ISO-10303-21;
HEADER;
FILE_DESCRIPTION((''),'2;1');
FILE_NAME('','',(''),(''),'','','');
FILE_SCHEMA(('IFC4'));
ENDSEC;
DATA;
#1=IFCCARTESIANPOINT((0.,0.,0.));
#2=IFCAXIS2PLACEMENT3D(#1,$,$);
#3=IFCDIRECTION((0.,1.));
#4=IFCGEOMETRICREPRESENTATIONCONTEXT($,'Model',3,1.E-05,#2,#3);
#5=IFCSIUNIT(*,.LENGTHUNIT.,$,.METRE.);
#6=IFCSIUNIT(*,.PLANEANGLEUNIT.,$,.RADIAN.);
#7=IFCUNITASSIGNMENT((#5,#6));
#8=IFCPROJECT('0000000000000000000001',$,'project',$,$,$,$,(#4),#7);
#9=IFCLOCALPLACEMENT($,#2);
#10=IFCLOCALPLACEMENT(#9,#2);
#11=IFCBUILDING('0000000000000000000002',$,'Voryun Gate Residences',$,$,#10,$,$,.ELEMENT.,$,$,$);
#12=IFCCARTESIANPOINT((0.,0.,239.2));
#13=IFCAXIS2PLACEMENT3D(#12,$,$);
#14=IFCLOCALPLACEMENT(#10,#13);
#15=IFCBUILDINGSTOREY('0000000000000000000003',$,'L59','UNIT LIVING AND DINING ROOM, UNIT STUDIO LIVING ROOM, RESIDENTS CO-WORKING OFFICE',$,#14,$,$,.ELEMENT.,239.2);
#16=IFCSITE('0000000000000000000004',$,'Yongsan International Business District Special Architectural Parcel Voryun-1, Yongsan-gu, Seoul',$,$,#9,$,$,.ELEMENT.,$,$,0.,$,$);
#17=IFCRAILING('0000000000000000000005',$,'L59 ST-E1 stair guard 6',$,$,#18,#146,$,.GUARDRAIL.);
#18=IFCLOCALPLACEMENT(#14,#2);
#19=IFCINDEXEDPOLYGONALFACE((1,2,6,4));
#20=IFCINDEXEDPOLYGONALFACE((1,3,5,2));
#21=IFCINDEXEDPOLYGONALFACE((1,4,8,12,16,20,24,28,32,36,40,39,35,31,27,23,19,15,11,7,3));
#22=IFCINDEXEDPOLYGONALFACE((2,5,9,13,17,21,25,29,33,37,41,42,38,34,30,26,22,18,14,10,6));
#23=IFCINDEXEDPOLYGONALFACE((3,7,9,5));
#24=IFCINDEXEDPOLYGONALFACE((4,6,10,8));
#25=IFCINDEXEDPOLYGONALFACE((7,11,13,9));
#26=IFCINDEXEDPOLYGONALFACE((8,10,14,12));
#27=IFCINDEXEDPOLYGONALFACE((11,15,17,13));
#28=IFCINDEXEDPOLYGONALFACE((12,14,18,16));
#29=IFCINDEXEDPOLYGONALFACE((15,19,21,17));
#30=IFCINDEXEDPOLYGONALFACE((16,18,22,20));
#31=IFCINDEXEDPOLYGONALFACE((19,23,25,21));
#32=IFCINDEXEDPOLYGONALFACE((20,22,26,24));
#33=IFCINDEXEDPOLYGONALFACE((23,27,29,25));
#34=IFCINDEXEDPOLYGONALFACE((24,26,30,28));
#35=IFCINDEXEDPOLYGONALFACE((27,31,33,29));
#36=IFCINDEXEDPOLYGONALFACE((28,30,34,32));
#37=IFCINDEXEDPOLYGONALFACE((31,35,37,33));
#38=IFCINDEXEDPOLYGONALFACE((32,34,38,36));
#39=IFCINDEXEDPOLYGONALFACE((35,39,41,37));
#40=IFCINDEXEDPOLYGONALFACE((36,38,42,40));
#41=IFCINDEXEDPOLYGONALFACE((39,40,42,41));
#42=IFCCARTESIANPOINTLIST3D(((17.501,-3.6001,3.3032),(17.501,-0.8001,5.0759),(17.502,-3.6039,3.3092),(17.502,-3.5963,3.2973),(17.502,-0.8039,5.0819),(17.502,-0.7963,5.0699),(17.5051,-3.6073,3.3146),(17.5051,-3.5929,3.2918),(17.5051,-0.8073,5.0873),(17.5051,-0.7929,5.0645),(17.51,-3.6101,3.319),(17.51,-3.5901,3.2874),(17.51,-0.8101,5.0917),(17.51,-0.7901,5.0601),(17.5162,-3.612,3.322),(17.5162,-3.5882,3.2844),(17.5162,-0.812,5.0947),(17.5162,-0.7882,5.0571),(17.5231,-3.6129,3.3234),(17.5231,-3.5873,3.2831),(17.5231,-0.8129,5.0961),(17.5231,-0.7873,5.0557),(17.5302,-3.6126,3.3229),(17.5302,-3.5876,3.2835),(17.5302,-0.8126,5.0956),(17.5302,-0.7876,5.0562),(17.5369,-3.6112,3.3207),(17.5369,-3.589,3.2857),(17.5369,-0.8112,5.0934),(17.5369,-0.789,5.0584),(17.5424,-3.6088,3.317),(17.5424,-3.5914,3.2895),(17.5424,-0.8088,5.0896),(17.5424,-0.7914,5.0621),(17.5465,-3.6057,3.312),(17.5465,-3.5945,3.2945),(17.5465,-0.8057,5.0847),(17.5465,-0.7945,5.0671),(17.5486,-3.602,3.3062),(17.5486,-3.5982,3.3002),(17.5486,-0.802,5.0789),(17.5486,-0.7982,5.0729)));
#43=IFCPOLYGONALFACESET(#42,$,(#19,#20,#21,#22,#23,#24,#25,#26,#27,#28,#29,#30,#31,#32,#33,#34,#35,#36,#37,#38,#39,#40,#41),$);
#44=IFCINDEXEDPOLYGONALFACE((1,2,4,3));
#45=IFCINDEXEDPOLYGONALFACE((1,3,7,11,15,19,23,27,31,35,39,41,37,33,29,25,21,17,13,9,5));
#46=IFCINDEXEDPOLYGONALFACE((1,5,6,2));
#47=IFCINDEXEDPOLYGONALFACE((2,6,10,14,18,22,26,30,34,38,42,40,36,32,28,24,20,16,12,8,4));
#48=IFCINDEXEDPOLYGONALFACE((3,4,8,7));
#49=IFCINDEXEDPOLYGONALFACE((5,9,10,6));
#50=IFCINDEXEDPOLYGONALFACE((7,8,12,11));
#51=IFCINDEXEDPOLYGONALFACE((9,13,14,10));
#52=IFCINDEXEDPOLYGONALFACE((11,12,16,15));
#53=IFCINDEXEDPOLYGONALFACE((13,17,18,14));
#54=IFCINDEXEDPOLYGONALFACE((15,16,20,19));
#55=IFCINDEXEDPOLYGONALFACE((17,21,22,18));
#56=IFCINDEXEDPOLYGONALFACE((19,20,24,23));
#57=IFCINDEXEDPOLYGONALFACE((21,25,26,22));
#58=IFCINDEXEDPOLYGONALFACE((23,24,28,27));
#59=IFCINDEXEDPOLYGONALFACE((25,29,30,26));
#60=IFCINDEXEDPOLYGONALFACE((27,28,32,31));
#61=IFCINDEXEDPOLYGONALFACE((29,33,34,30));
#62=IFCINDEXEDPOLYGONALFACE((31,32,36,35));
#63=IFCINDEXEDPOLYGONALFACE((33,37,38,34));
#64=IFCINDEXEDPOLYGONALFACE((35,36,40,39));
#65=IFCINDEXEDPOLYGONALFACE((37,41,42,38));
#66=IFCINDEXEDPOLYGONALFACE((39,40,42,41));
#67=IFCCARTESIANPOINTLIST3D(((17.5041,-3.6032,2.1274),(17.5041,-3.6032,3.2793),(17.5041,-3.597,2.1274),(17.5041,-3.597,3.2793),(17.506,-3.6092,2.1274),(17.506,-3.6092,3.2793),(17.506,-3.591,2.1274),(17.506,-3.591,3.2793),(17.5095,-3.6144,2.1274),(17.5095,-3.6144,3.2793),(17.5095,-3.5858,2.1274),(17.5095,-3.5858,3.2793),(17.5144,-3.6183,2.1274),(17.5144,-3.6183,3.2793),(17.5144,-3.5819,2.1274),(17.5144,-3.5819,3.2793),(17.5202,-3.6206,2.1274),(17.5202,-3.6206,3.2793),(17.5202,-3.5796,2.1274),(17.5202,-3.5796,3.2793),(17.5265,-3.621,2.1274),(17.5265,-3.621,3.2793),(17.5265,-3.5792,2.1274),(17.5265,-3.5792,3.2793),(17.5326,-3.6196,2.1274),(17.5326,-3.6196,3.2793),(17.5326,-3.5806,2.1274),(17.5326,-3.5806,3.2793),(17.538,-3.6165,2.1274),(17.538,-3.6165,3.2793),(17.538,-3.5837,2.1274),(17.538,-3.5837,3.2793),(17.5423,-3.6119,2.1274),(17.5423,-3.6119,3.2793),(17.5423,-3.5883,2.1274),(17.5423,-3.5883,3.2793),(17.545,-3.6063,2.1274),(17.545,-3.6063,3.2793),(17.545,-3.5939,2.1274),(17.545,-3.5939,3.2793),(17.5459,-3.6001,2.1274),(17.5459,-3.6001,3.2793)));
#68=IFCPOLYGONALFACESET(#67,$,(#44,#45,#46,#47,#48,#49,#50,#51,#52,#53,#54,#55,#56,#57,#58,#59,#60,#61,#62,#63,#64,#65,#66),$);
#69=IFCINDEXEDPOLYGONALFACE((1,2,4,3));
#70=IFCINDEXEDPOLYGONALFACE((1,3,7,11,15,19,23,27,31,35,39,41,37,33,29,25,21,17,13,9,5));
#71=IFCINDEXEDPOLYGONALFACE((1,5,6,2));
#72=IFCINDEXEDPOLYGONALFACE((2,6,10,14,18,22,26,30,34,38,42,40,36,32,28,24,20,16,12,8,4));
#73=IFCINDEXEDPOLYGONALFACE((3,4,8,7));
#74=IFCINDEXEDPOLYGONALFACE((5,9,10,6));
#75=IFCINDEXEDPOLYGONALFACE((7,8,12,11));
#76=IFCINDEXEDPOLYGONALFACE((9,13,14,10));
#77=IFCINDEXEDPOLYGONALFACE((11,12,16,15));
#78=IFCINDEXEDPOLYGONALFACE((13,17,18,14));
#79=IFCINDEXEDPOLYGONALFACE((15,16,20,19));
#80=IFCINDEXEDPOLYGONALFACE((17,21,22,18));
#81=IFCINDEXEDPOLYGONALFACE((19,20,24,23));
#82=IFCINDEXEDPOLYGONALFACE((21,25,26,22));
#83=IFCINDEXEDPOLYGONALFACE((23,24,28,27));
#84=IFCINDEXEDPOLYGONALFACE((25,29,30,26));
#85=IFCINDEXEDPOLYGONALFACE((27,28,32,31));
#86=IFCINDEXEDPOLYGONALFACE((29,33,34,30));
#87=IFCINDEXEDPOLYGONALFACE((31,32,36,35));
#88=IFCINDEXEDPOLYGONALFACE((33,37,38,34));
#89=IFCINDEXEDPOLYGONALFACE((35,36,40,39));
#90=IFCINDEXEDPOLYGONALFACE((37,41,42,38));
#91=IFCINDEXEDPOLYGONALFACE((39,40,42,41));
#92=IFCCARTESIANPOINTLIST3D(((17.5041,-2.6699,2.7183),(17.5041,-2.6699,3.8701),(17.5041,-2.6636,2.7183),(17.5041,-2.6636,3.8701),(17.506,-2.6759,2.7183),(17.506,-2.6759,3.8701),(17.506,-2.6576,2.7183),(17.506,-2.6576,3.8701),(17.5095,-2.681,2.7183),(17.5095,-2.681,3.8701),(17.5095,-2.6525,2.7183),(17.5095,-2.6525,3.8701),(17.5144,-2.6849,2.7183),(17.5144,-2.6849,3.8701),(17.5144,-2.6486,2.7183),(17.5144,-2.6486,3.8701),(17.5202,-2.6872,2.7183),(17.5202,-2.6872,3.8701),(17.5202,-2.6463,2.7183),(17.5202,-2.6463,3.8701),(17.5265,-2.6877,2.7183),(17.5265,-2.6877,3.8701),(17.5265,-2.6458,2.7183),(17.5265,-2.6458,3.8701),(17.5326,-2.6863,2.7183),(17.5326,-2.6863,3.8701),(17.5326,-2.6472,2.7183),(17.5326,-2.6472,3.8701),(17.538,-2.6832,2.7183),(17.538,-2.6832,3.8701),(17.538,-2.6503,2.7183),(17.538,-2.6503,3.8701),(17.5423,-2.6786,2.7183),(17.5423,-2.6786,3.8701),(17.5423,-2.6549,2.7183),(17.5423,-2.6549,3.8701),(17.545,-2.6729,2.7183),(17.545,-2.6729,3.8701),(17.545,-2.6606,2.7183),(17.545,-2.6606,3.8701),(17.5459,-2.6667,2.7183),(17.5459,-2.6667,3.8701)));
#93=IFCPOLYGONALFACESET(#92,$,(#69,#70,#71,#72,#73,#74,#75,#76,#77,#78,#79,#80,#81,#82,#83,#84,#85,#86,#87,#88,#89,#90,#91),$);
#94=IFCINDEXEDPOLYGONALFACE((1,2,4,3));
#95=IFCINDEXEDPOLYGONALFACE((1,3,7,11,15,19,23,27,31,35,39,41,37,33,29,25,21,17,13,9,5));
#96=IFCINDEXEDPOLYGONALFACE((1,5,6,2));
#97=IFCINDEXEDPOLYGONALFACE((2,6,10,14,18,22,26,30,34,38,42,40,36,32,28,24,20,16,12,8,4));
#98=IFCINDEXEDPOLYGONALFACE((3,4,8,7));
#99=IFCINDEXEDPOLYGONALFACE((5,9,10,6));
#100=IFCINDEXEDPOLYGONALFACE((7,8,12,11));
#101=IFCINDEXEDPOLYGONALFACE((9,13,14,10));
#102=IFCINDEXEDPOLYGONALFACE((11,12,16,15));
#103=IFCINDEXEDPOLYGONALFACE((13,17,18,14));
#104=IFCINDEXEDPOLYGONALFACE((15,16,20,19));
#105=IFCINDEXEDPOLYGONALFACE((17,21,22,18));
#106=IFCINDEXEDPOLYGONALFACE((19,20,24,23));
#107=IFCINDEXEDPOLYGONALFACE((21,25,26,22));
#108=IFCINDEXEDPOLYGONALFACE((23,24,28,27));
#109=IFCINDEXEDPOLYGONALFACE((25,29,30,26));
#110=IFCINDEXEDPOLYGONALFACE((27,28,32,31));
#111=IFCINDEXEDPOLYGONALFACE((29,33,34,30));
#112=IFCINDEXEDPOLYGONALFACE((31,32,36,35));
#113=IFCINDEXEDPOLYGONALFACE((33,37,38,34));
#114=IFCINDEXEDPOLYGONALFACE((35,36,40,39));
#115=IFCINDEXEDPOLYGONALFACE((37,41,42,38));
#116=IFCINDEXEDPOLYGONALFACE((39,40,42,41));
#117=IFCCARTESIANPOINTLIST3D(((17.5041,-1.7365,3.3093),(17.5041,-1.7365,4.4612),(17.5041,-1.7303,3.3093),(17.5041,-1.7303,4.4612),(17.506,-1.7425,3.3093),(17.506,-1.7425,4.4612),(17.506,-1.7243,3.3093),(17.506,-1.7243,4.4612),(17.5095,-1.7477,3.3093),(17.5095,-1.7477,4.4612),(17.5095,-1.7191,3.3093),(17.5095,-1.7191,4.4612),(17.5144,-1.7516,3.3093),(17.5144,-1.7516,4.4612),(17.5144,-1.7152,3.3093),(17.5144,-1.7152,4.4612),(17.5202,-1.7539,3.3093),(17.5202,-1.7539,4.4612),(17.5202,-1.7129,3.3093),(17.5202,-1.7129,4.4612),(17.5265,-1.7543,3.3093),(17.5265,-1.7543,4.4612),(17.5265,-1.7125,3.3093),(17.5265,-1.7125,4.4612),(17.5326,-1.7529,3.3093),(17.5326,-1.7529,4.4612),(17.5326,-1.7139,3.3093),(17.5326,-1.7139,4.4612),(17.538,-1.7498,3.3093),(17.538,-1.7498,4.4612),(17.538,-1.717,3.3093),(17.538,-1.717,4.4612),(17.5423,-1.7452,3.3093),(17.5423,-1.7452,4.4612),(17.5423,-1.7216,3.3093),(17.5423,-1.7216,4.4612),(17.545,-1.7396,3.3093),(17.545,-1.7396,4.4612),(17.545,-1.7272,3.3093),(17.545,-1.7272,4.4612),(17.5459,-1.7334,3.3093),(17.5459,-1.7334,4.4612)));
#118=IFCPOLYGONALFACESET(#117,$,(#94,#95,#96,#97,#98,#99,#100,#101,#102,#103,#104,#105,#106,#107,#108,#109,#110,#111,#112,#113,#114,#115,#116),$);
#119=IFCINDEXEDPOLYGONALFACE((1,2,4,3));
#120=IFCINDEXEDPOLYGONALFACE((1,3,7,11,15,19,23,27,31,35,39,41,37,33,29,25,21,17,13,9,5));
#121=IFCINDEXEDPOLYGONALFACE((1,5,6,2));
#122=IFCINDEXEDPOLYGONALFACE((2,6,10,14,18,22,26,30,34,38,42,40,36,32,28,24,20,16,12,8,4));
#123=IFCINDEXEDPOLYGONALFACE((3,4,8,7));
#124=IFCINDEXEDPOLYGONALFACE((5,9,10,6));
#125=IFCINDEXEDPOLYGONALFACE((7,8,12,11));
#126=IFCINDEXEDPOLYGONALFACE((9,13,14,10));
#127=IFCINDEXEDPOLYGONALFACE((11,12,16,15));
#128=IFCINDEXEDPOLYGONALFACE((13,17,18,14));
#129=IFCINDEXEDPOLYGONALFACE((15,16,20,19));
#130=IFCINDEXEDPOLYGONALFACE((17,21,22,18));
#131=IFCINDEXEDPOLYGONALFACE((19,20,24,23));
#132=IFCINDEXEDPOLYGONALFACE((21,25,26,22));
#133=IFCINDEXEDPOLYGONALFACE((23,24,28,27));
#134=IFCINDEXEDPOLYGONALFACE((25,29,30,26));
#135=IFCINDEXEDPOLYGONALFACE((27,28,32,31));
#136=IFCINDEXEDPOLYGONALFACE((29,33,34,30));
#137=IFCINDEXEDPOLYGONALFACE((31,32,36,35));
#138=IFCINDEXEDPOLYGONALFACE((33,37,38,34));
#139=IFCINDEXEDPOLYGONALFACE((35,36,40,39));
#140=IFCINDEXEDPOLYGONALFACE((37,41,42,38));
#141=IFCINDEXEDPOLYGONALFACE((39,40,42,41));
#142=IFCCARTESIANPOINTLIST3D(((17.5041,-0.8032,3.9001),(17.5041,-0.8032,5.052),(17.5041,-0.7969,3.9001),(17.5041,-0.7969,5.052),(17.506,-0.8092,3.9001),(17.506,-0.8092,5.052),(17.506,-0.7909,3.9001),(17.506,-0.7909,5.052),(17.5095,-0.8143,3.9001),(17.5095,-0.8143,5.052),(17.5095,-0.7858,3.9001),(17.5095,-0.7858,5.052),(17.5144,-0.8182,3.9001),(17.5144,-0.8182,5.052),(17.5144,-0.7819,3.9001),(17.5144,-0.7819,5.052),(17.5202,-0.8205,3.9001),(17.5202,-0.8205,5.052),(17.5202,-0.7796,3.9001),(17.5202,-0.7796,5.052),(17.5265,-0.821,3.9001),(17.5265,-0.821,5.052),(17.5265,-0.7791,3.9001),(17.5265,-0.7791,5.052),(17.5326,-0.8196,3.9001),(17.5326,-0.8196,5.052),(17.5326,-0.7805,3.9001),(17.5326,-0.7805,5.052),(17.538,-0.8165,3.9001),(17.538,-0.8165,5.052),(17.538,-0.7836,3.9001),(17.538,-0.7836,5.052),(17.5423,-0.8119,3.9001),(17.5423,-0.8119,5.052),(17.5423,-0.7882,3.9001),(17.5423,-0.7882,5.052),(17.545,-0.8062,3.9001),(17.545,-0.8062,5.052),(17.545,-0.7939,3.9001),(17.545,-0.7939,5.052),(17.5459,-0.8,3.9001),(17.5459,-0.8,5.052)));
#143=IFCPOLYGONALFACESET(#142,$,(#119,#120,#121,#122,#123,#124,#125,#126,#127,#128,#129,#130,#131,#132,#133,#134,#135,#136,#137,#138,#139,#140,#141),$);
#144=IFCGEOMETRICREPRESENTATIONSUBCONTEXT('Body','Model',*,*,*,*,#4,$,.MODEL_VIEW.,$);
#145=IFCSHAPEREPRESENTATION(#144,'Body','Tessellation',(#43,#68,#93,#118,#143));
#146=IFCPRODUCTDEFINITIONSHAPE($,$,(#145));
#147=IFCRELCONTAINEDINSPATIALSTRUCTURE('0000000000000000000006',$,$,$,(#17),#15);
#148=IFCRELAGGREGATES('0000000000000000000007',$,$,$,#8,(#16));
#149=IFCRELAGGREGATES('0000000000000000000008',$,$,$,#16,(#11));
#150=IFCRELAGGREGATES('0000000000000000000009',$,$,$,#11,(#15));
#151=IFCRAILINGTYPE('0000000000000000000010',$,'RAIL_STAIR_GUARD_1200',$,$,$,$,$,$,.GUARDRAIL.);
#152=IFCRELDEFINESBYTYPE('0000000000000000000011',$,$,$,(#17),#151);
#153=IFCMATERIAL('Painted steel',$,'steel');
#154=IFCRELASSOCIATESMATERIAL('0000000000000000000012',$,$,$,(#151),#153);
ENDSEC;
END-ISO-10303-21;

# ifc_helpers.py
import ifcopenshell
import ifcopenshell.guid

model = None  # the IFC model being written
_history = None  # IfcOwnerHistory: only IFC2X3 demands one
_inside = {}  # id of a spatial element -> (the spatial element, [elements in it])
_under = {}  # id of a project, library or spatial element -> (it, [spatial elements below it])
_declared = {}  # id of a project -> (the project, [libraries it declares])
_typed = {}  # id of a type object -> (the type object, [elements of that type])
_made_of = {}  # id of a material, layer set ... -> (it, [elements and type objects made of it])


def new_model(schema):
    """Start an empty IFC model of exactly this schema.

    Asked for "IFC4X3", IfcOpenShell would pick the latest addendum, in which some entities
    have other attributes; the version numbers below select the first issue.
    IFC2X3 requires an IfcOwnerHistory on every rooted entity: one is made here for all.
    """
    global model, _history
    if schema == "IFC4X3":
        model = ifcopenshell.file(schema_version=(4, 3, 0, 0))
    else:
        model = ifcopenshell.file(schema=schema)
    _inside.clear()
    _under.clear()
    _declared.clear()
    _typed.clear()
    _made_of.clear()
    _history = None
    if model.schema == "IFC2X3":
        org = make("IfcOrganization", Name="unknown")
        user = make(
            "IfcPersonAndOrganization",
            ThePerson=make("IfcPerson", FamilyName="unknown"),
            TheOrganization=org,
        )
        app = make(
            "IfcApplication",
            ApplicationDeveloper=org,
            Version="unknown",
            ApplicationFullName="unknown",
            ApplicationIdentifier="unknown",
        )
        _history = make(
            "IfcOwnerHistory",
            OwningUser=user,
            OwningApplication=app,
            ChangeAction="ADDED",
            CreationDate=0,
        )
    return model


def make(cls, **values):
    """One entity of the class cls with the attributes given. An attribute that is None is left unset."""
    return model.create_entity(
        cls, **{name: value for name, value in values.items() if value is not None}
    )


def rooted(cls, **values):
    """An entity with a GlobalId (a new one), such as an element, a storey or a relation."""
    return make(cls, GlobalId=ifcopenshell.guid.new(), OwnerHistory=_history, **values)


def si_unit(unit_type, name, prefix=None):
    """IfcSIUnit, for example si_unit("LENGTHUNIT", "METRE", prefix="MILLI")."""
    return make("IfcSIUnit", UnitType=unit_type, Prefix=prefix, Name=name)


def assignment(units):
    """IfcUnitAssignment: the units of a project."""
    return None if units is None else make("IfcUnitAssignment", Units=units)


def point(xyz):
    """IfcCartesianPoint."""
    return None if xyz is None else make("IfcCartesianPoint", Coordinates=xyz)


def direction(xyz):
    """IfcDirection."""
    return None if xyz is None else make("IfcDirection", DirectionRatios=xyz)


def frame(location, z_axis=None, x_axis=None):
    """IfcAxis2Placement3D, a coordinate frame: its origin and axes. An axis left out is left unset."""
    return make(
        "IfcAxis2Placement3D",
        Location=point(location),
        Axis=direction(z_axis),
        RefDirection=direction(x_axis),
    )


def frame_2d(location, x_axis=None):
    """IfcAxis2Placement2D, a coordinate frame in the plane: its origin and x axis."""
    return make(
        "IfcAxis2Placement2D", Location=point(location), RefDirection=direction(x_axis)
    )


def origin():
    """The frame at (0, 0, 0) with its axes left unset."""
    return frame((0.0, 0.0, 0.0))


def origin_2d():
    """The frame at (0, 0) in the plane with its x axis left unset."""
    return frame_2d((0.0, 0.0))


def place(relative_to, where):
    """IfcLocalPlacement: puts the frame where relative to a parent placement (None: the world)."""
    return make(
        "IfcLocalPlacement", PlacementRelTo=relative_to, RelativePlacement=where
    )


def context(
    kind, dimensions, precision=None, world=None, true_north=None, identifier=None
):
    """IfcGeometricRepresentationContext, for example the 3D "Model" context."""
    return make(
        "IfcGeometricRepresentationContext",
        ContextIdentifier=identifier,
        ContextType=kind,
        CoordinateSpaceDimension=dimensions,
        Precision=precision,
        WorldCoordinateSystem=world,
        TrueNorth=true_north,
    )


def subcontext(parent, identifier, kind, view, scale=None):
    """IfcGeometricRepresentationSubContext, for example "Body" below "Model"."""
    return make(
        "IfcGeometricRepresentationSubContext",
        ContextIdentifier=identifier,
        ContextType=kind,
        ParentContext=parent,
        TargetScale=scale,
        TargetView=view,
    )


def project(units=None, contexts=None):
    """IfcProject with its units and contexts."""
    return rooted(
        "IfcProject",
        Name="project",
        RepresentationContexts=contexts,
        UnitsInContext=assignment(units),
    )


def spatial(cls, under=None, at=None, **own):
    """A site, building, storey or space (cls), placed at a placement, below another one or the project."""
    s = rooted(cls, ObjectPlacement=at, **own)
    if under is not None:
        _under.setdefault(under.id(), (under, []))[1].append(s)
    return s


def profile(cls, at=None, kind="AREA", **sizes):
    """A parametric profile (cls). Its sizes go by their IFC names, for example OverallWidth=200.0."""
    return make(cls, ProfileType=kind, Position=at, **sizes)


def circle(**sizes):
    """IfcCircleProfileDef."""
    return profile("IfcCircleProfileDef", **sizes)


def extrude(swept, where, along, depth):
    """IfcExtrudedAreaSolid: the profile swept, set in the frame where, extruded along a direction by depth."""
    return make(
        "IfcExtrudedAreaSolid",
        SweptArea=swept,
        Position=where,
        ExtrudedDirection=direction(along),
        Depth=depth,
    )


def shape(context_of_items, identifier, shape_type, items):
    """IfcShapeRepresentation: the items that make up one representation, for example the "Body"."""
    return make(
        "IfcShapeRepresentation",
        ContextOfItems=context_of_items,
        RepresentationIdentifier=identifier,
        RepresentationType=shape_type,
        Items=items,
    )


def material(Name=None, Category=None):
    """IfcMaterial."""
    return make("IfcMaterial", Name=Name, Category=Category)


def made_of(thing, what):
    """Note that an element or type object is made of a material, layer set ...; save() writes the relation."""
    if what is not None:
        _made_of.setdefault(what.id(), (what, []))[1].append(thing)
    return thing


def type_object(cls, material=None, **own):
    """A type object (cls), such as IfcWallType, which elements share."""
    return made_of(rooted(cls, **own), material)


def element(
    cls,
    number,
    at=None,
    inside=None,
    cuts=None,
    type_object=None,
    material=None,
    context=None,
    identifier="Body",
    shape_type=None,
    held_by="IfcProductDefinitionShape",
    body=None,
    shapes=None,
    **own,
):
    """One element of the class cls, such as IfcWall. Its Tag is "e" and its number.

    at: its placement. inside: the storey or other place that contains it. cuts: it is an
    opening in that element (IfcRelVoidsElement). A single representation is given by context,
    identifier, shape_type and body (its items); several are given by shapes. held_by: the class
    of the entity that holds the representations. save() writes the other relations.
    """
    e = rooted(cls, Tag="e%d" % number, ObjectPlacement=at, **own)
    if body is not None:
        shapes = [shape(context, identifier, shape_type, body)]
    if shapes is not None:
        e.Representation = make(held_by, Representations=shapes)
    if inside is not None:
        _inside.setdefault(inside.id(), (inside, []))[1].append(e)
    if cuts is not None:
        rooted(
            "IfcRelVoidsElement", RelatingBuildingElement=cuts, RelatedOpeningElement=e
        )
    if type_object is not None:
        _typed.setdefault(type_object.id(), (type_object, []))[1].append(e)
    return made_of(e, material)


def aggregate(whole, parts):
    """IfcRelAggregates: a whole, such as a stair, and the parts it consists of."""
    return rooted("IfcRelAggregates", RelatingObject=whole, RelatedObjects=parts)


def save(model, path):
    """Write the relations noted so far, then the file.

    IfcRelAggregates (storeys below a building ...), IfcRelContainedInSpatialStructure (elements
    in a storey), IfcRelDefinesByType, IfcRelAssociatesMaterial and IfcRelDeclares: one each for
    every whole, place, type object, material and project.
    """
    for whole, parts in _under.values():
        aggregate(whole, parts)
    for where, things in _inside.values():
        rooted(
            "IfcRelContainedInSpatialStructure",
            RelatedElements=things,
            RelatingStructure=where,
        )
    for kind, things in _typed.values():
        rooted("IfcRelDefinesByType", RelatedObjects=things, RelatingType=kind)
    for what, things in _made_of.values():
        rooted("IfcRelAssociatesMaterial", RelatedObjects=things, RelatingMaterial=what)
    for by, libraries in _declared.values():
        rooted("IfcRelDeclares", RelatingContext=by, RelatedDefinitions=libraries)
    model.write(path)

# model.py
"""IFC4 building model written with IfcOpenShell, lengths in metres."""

from ifc_helpers import new_model, si_unit, direction, frame, origin, origin_2d, place, context, subcontext, project, spatial, circle, extrude, material, type_object, element, save


model = new_model("IFC4")

# Units and contexts
model_context = context("Model", 3, precision=1e-05, world=origin(), true_north=direction((0.0, 1.0)))
body_context = subcontext(model_context, "Body", "Model", "MODEL_VIEW")
ifc_project = project(units=[si_unit("LENGTHUNIT", "METRE"), si_unit("PLANEANGLEUNIT", "RADIAN")], contexts=[model_context])

# Site, building, storey
site_placement = place(None, origin())
site = spatial("IfcSite", under=ifc_project, at=site_placement, Name="Yongsan International Business District Special Architectural Parcel Voryun-1, Yongsan-gu, Seoul", CompositionType="ELEMENT", RefElevation=0.0)
building_placement = place(site_placement, origin())
building = spatial("IfcBuilding", under=site, at=building_placement, Name="Voryun Gate Residences", CompositionType="ELEMENT")
storey_placement = place(building_placement, frame((0.0, 0.0, 239.2)))
storey = spatial("IfcBuildingStorey", under=building, at=storey_placement, Name="L59", Description="UNIT LIVING AND DINING ROOM, UNIT STUDIO LIVING ROOM, RESIDENTS CO-WORKING OFFICE", CompositionType="ELEMENT", Elevation=239.2)

# Railing
ifc_material_1 = material(Name="Painted steel", Category="steel")
railing_type_1 = type_object("IfcRailingType", Name="RAIL_STAIR_GUARD_1200", PredefinedType="GUARDRAIL", material=ifc_material_1)
railing_1_placement = place(storey_placement, frame((17.5249, -3.6001, 2.1274)))
element("IfcRailing", 1, at=railing_1_placement, inside=storey, type_object=railing_type_1, Name="L59 ST-E1 stair guard 6", PredefinedType="GUARDRAIL", context=body_context, shape_type="SweptSolid", body=[
    extrude(circle(Radius=0.0239, at=origin_2d()), frame((0.0, 0.0, 1.1758), z_axis=(0.0, 0.844909, 0.53491), x_axis=(-1.0, 0.0, 0.0)), (0.0, 0.0, 1.0), 3.314),
    extrude(circle(Radius=0.021, at=origin_2d()), origin(), (0.0, 0.0, 1.0), 1.1519),
    extrude(circle(Radius=0.021, at=origin_2d()), frame((0.0, 0.9333, 0.5908)), (0.0, 0.0, 1.0), 1.1519),
    extrude(circle(Radius=0.021, at=origin_2d()), frame((0.0, 1.8667, 1.1819)), (0.0, 0.0, 1.0), 1.1519),
    extrude(circle(Radius=0.021, at=origin_2d()), frame((0.0, 2.8, 1.7727)), (0.0, 0.0, 1.0), 1.1519),
])

save(model, "model.ifc")
